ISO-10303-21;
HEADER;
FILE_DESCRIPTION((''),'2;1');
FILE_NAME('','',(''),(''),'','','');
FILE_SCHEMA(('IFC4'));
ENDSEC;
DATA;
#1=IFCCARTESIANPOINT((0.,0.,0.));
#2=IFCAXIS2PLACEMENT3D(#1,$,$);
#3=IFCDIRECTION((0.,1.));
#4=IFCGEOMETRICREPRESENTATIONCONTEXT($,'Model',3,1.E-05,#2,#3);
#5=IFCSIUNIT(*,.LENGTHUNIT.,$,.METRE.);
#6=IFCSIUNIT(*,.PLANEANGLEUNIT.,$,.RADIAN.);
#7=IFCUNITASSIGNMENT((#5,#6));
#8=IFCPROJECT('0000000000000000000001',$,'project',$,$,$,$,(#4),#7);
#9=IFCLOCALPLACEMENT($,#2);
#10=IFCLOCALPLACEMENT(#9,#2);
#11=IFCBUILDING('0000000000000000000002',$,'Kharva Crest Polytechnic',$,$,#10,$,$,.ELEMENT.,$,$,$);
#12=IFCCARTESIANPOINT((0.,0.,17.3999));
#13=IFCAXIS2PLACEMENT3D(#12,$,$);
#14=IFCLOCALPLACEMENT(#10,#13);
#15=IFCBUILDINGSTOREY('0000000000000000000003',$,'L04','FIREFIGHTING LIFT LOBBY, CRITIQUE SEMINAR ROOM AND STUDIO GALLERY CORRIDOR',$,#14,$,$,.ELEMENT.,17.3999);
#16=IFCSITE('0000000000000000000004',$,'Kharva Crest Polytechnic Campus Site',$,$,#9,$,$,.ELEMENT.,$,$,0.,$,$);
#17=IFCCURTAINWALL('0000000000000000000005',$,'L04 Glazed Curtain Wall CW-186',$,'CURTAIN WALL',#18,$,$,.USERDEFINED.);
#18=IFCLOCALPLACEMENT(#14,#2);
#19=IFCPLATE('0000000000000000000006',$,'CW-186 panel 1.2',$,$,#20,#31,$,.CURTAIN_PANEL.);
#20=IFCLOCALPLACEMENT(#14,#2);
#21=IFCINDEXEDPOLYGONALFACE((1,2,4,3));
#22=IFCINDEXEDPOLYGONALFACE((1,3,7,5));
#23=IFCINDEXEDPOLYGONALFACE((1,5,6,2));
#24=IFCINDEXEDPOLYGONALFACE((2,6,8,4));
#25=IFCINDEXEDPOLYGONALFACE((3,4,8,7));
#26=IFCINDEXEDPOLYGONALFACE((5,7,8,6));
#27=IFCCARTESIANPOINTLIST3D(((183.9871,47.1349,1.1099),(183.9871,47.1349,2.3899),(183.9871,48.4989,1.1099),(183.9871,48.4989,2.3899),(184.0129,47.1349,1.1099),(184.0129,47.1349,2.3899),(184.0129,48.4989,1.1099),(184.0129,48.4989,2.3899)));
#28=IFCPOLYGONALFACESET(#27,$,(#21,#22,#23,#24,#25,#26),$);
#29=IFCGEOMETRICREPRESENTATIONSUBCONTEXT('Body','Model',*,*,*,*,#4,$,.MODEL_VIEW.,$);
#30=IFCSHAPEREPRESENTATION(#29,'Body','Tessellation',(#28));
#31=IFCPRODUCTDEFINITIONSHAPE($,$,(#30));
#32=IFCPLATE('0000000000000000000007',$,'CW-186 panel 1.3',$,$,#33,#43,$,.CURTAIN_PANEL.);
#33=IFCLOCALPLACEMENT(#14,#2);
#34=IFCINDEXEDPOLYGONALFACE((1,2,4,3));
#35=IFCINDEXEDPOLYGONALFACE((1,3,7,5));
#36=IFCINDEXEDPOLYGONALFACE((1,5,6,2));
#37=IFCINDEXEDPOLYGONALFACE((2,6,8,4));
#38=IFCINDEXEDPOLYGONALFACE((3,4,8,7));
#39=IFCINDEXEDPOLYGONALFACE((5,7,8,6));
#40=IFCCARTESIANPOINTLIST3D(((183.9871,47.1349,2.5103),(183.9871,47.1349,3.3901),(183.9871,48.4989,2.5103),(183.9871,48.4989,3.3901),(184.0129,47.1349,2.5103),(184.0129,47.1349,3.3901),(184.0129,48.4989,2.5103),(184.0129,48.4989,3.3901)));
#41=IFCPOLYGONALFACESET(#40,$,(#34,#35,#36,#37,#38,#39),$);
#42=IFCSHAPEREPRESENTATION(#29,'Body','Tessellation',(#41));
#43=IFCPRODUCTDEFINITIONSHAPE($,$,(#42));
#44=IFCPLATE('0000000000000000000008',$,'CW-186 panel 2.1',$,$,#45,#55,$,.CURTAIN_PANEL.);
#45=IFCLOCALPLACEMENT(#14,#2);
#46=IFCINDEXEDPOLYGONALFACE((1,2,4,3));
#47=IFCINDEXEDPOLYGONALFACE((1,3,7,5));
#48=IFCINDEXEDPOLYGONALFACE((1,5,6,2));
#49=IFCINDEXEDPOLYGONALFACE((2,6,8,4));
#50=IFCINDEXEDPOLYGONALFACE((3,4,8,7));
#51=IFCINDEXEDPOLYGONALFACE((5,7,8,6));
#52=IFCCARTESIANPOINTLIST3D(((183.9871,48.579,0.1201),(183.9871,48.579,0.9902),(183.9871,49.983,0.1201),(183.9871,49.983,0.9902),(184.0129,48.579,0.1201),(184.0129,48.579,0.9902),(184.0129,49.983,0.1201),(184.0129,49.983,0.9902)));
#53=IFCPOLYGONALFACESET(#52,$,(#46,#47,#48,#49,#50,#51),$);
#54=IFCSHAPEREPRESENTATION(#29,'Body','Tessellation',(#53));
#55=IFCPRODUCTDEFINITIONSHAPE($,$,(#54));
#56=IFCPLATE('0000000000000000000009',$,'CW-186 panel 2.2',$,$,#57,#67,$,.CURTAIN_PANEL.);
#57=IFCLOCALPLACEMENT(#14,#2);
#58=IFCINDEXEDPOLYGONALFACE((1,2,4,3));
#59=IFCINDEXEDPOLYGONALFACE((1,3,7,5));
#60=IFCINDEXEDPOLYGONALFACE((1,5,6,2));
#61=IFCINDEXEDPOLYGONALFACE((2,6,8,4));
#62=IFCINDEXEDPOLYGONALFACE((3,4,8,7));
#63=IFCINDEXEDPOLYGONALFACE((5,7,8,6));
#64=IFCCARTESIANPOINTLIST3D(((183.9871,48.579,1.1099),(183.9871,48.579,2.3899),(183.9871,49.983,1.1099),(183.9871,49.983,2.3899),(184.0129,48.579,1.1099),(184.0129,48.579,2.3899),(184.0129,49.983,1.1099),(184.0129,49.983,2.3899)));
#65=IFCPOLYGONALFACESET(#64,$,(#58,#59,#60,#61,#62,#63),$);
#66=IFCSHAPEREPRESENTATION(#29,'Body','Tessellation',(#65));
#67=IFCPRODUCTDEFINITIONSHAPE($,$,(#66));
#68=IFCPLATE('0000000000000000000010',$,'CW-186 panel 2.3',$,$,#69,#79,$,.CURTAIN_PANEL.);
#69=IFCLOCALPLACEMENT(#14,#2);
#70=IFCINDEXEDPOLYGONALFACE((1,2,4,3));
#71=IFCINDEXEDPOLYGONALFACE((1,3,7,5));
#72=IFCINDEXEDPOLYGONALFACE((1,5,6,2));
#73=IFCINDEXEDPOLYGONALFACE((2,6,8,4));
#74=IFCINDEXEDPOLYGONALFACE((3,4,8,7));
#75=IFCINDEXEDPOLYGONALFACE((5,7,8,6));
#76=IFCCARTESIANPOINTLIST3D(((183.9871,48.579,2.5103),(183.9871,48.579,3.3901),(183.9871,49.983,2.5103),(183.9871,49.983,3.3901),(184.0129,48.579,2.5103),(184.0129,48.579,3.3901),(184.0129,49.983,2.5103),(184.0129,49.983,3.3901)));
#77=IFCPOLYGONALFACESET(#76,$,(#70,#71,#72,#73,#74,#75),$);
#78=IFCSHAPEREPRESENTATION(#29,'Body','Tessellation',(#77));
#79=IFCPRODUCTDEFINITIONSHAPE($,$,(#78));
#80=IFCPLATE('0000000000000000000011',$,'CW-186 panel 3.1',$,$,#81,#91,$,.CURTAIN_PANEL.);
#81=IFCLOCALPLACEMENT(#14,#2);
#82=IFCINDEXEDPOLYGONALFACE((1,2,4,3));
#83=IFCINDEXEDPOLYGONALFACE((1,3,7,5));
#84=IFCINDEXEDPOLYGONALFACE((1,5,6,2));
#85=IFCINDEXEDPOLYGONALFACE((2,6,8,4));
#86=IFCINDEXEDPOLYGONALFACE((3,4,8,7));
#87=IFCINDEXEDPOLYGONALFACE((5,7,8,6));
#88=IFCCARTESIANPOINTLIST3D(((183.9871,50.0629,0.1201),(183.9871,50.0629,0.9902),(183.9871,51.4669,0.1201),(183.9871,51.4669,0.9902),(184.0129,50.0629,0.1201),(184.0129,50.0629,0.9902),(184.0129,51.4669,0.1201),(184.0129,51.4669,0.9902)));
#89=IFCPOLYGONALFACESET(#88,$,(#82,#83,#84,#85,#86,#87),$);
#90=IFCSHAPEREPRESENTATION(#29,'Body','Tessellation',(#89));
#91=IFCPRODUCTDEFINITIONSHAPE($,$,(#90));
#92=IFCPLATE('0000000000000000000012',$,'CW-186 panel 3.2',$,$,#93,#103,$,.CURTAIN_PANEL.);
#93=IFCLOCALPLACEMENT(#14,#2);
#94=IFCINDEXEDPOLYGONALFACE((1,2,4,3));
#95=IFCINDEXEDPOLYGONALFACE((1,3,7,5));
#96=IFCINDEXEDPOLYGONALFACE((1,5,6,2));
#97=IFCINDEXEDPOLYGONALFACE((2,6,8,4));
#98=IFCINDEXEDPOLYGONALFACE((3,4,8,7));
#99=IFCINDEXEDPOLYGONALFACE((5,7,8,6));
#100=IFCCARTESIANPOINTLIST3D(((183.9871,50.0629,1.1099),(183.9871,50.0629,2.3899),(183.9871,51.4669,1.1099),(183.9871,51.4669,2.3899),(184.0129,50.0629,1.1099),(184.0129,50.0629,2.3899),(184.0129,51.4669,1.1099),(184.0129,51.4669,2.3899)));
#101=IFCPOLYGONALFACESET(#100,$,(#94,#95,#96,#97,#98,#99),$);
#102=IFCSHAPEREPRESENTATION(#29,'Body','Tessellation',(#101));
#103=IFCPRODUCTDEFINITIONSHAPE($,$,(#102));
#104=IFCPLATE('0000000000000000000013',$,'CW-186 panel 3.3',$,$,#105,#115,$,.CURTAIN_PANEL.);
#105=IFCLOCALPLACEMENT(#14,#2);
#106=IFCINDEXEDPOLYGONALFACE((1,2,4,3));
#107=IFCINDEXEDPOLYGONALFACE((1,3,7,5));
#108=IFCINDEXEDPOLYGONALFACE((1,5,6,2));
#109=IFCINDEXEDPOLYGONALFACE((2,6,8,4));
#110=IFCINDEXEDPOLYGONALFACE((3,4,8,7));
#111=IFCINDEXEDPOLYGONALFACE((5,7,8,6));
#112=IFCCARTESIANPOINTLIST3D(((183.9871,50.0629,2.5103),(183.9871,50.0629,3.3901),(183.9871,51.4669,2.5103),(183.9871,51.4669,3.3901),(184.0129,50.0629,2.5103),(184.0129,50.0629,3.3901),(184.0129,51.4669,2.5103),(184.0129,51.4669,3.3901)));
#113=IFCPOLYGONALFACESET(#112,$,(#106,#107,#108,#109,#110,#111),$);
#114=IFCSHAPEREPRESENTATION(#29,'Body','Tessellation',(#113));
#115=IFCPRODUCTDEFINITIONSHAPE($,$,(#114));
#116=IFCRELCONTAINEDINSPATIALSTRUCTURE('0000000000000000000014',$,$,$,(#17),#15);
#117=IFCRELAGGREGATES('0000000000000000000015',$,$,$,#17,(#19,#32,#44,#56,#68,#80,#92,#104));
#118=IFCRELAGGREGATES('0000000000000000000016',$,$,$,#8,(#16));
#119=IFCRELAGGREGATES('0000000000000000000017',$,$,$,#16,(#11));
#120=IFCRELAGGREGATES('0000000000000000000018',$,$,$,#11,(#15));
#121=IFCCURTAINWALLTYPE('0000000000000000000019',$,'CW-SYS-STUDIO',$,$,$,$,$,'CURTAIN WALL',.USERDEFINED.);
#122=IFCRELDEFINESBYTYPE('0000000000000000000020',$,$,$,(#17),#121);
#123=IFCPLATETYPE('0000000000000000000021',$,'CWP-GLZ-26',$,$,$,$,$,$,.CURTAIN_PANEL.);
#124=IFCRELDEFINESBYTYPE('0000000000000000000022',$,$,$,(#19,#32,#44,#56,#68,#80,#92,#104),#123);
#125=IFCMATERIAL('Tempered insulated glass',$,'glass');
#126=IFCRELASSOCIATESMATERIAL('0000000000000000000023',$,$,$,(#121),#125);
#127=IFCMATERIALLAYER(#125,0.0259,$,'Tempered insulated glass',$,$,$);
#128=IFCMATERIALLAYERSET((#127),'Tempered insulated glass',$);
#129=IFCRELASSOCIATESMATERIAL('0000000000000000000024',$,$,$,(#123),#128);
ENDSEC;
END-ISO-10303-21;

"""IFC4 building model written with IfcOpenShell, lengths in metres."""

from ifc_helpers import new_model, si_unit, direction, frame, origin, origin_2d, place, context, subcontext, project, spatial, rectangle, extrude, material, layer, layer_set, type_object, element, aggregate, save


model = new_model("IFC4")

# Units and contexts
model_context = context("Model", 3, precision=1e-05, world=origin(), true_north=direction((0.0, 1.0)))
body_context = subcontext(model_context, "Body", "Model", "MODEL_VIEW")
ifc_project = project(units=[si_unit("LENGTHUNIT", "METRE"), si_unit("PLANEANGLEUNIT", "RADIAN")], contexts=[model_context])

# Site, building, storey
site_placement = place(None, origin())
site = spatial("IfcSite", under=ifc_project, at=site_placement, Name="Kharva Crest Polytechnic Campus Site", CompositionType="ELEMENT", RefElevation=0.0)
building_placement = place(site_placement, origin())
building = spatial("IfcBuilding", under=site, at=building_placement, Name="Kharva Crest Polytechnic", CompositionType="ELEMENT")
storey_placement = place(building_placement, frame((0.0, 0.0, 17.3999)))
storey = spatial("IfcBuildingStorey", under=building, at=storey_placement, Name="L04", Description="FIREFIGHTING LIFT LOBBY, CRITIQUE SEMINAR ROOM AND STUDIO GALLERY CORRIDOR", CompositionType="ELEMENT", Elevation=17.3999)

# Curtain wall, plates
ifc_material_1 = material(Name="Tempered insulated glass", Category="glass")
curtain_wall_type = type_object("IfcCurtainWallType", Name="CW-SYS-STUDIO", ElementType="CURTAIN WALL", PredefinedType="USERDEFINED", material=ifc_material_1)
curtain_wall_placement = place(storey_placement, origin())
curtain_wall = element("IfcCurtainWall", 1, at=curtain_wall_placement, inside=storey, type_object=curtain_wall_type, Name="L04 Glazed Curtain Wall CW-186", ObjectType="CURTAIN WALL", PredefinedType="USERDEFINED")
ifc_layer = layer(ifc_material_1, 0.0259, Name="Tempered insulated glass")
ifc_layer_set = layer_set([ifc_layer], Name="Tempered insulated glass")
plate_type = type_object("IfcPlateType", Name="CWP-GLZ-26", PredefinedType="CURTAIN_PANEL", material=ifc_layer_set)
plate_1_placement = place(storey_placement, frame((184.0, 47.8169, 1.1099), z_axis=(0.0, 0.0, 1.0), x_axis=(0.0, 1.0, 0.0)))
plate_1 = element("IfcPlate", 2, at=plate_1_placement, type_object=plate_type, Name="CW-186 panel 1.2", PredefinedType="CURTAIN_PANEL", context=body_context, shape_type="SweptSolid", body=[
    extrude(rectangle(XDim=1.364, YDim=0.0259, at=origin_2d()), origin(), (0.0, 0.0, 1.0), 1.28),
])
plate_2_placement = place(storey_placement, frame((184.0, 47.8169, 2.5103), z_axis=(0.0, 0.0, 1.0), x_axis=(0.0, 1.0, 0.0)))
plate_2 = element("IfcPlate", 3, at=plate_2_placement, type_object=plate_type, Name="CW-186 panel 1.3", PredefinedType="CURTAIN_PANEL", context=body_context, shape_type="SweptSolid", body=[
    extrude(rectangle(XDim=1.364, YDim=0.0259, at=origin_2d()), origin(), (0.0, 0.0, 1.0), 0.8799),
])
plate_3_placement = place(storey_placement, frame((184.0, 49.281, 0.1201), z_axis=(0.0, 0.0, 1.0), x_axis=(0.0, 1.0, 0.0)))
plate_3 = element("IfcPlate", 4, at=plate_3_placement, type_object=plate_type, Name="CW-186 panel 2.1", PredefinedType="CURTAIN_PANEL", context=body_context, shape_type="SweptSolid", body=[
    extrude(rectangle(XDim=1.4041, YDim=0.0259, at=origin_2d()), origin(), (0.0, 0.0, 1.0), 0.8701),
])
plate_4_placement = place(storey_placement, frame((184.0, 49.281, 1.1099), z_axis=(0.0, 0.0, 1.0), x_axis=(0.0, 1.0, 0.0)))
plate_4 = element("IfcPlate", 5, at=plate_4_placement, type_object=plate_type, Name="CW-186 panel 2.2", PredefinedType="CURTAIN_PANEL", context=body_context, shape_type="SweptSolid", body=[
    extrude(rectangle(XDim=1.4041, YDim=0.0259, at=origin_2d()), origin(), (0.0, 0.0, 1.0), 1.28),
])
plate_5_placement = place(storey_placement, frame((184.0, 49.281, 2.5103), z_axis=(0.0, 0.0, 1.0), x_axis=(0.0, 1.0, 0.0)))
plate_5 = element("IfcPlate", 6, at=plate_5_placement, type_object=plate_type, Name="CW-186 panel 2.3", PredefinedType="CURTAIN_PANEL", context=body_context, shape_type="SweptSolid", body=[
    extrude(rectangle(XDim=1.4041, YDim=0.0259, at=origin_2d()), origin(), (0.0, 0.0, 1.0), 0.8799),
])
plate_6_placement = place(storey_placement, frame((184.0, 50.7649, 0.1201), z_axis=(0.0, 0.0, 1.0), x_axis=(0.0, 1.0, 0.0)))
plate_6 = element("IfcPlate", 7, at=plate_6_placement, type_object=plate_type, Name="CW-186 panel 3.1", PredefinedType="CURTAIN_PANEL", context=body_context, shape_type="SweptSolid", body=[
    extrude(rectangle(XDim=1.4041, YDim=0.0259, at=origin_2d()), origin(), (0.0, 0.0, 1.0), 0.8701),
])
plate_7_placement = place(storey_placement, frame((184.0, 50.7649, 1.1099), z_axis=(0.0, 0.0, 1.0), x_axis=(0.0, 1.0, 0.0)))
plate_7 = element("IfcPlate", 8, at=plate_7_placement, type_object=plate_type, Name="CW-186 panel 3.2", PredefinedType="CURTAIN_PANEL", context=body_context, shape_type="SweptSolid", body=[
    extrude(rectangle(XDim=1.4041, YDim=0.0259, at=origin_2d()), origin(), (0.0, 0.0, 1.0), 1.28),
])
plate_8_placement = place(storey_placement, frame((184.0, 50.7649, 2.5103), z_axis=(0.0, 0.0, 1.0), x_axis=(0.0, 1.0, 0.0)))
plate_8 = element("IfcPlate", 9, at=plate_8_placement, type_object=plate_type, Name="CW-186 panel 3.3", PredefinedType="CURTAIN_PANEL", context=body_context, shape_type="SweptSolid", body=[
    extrude(rectangle(XDim=1.4041, YDim=0.0259, at=origin_2d()), origin(), (0.0, 0.0, 1.0), 0.8799),
])
aggregate(curtain_wall, [plate_1, plate_2, plate_3, plate_4, plate_5, plate_6, plate_7, plate_8])

save(model, "model.ifc")
